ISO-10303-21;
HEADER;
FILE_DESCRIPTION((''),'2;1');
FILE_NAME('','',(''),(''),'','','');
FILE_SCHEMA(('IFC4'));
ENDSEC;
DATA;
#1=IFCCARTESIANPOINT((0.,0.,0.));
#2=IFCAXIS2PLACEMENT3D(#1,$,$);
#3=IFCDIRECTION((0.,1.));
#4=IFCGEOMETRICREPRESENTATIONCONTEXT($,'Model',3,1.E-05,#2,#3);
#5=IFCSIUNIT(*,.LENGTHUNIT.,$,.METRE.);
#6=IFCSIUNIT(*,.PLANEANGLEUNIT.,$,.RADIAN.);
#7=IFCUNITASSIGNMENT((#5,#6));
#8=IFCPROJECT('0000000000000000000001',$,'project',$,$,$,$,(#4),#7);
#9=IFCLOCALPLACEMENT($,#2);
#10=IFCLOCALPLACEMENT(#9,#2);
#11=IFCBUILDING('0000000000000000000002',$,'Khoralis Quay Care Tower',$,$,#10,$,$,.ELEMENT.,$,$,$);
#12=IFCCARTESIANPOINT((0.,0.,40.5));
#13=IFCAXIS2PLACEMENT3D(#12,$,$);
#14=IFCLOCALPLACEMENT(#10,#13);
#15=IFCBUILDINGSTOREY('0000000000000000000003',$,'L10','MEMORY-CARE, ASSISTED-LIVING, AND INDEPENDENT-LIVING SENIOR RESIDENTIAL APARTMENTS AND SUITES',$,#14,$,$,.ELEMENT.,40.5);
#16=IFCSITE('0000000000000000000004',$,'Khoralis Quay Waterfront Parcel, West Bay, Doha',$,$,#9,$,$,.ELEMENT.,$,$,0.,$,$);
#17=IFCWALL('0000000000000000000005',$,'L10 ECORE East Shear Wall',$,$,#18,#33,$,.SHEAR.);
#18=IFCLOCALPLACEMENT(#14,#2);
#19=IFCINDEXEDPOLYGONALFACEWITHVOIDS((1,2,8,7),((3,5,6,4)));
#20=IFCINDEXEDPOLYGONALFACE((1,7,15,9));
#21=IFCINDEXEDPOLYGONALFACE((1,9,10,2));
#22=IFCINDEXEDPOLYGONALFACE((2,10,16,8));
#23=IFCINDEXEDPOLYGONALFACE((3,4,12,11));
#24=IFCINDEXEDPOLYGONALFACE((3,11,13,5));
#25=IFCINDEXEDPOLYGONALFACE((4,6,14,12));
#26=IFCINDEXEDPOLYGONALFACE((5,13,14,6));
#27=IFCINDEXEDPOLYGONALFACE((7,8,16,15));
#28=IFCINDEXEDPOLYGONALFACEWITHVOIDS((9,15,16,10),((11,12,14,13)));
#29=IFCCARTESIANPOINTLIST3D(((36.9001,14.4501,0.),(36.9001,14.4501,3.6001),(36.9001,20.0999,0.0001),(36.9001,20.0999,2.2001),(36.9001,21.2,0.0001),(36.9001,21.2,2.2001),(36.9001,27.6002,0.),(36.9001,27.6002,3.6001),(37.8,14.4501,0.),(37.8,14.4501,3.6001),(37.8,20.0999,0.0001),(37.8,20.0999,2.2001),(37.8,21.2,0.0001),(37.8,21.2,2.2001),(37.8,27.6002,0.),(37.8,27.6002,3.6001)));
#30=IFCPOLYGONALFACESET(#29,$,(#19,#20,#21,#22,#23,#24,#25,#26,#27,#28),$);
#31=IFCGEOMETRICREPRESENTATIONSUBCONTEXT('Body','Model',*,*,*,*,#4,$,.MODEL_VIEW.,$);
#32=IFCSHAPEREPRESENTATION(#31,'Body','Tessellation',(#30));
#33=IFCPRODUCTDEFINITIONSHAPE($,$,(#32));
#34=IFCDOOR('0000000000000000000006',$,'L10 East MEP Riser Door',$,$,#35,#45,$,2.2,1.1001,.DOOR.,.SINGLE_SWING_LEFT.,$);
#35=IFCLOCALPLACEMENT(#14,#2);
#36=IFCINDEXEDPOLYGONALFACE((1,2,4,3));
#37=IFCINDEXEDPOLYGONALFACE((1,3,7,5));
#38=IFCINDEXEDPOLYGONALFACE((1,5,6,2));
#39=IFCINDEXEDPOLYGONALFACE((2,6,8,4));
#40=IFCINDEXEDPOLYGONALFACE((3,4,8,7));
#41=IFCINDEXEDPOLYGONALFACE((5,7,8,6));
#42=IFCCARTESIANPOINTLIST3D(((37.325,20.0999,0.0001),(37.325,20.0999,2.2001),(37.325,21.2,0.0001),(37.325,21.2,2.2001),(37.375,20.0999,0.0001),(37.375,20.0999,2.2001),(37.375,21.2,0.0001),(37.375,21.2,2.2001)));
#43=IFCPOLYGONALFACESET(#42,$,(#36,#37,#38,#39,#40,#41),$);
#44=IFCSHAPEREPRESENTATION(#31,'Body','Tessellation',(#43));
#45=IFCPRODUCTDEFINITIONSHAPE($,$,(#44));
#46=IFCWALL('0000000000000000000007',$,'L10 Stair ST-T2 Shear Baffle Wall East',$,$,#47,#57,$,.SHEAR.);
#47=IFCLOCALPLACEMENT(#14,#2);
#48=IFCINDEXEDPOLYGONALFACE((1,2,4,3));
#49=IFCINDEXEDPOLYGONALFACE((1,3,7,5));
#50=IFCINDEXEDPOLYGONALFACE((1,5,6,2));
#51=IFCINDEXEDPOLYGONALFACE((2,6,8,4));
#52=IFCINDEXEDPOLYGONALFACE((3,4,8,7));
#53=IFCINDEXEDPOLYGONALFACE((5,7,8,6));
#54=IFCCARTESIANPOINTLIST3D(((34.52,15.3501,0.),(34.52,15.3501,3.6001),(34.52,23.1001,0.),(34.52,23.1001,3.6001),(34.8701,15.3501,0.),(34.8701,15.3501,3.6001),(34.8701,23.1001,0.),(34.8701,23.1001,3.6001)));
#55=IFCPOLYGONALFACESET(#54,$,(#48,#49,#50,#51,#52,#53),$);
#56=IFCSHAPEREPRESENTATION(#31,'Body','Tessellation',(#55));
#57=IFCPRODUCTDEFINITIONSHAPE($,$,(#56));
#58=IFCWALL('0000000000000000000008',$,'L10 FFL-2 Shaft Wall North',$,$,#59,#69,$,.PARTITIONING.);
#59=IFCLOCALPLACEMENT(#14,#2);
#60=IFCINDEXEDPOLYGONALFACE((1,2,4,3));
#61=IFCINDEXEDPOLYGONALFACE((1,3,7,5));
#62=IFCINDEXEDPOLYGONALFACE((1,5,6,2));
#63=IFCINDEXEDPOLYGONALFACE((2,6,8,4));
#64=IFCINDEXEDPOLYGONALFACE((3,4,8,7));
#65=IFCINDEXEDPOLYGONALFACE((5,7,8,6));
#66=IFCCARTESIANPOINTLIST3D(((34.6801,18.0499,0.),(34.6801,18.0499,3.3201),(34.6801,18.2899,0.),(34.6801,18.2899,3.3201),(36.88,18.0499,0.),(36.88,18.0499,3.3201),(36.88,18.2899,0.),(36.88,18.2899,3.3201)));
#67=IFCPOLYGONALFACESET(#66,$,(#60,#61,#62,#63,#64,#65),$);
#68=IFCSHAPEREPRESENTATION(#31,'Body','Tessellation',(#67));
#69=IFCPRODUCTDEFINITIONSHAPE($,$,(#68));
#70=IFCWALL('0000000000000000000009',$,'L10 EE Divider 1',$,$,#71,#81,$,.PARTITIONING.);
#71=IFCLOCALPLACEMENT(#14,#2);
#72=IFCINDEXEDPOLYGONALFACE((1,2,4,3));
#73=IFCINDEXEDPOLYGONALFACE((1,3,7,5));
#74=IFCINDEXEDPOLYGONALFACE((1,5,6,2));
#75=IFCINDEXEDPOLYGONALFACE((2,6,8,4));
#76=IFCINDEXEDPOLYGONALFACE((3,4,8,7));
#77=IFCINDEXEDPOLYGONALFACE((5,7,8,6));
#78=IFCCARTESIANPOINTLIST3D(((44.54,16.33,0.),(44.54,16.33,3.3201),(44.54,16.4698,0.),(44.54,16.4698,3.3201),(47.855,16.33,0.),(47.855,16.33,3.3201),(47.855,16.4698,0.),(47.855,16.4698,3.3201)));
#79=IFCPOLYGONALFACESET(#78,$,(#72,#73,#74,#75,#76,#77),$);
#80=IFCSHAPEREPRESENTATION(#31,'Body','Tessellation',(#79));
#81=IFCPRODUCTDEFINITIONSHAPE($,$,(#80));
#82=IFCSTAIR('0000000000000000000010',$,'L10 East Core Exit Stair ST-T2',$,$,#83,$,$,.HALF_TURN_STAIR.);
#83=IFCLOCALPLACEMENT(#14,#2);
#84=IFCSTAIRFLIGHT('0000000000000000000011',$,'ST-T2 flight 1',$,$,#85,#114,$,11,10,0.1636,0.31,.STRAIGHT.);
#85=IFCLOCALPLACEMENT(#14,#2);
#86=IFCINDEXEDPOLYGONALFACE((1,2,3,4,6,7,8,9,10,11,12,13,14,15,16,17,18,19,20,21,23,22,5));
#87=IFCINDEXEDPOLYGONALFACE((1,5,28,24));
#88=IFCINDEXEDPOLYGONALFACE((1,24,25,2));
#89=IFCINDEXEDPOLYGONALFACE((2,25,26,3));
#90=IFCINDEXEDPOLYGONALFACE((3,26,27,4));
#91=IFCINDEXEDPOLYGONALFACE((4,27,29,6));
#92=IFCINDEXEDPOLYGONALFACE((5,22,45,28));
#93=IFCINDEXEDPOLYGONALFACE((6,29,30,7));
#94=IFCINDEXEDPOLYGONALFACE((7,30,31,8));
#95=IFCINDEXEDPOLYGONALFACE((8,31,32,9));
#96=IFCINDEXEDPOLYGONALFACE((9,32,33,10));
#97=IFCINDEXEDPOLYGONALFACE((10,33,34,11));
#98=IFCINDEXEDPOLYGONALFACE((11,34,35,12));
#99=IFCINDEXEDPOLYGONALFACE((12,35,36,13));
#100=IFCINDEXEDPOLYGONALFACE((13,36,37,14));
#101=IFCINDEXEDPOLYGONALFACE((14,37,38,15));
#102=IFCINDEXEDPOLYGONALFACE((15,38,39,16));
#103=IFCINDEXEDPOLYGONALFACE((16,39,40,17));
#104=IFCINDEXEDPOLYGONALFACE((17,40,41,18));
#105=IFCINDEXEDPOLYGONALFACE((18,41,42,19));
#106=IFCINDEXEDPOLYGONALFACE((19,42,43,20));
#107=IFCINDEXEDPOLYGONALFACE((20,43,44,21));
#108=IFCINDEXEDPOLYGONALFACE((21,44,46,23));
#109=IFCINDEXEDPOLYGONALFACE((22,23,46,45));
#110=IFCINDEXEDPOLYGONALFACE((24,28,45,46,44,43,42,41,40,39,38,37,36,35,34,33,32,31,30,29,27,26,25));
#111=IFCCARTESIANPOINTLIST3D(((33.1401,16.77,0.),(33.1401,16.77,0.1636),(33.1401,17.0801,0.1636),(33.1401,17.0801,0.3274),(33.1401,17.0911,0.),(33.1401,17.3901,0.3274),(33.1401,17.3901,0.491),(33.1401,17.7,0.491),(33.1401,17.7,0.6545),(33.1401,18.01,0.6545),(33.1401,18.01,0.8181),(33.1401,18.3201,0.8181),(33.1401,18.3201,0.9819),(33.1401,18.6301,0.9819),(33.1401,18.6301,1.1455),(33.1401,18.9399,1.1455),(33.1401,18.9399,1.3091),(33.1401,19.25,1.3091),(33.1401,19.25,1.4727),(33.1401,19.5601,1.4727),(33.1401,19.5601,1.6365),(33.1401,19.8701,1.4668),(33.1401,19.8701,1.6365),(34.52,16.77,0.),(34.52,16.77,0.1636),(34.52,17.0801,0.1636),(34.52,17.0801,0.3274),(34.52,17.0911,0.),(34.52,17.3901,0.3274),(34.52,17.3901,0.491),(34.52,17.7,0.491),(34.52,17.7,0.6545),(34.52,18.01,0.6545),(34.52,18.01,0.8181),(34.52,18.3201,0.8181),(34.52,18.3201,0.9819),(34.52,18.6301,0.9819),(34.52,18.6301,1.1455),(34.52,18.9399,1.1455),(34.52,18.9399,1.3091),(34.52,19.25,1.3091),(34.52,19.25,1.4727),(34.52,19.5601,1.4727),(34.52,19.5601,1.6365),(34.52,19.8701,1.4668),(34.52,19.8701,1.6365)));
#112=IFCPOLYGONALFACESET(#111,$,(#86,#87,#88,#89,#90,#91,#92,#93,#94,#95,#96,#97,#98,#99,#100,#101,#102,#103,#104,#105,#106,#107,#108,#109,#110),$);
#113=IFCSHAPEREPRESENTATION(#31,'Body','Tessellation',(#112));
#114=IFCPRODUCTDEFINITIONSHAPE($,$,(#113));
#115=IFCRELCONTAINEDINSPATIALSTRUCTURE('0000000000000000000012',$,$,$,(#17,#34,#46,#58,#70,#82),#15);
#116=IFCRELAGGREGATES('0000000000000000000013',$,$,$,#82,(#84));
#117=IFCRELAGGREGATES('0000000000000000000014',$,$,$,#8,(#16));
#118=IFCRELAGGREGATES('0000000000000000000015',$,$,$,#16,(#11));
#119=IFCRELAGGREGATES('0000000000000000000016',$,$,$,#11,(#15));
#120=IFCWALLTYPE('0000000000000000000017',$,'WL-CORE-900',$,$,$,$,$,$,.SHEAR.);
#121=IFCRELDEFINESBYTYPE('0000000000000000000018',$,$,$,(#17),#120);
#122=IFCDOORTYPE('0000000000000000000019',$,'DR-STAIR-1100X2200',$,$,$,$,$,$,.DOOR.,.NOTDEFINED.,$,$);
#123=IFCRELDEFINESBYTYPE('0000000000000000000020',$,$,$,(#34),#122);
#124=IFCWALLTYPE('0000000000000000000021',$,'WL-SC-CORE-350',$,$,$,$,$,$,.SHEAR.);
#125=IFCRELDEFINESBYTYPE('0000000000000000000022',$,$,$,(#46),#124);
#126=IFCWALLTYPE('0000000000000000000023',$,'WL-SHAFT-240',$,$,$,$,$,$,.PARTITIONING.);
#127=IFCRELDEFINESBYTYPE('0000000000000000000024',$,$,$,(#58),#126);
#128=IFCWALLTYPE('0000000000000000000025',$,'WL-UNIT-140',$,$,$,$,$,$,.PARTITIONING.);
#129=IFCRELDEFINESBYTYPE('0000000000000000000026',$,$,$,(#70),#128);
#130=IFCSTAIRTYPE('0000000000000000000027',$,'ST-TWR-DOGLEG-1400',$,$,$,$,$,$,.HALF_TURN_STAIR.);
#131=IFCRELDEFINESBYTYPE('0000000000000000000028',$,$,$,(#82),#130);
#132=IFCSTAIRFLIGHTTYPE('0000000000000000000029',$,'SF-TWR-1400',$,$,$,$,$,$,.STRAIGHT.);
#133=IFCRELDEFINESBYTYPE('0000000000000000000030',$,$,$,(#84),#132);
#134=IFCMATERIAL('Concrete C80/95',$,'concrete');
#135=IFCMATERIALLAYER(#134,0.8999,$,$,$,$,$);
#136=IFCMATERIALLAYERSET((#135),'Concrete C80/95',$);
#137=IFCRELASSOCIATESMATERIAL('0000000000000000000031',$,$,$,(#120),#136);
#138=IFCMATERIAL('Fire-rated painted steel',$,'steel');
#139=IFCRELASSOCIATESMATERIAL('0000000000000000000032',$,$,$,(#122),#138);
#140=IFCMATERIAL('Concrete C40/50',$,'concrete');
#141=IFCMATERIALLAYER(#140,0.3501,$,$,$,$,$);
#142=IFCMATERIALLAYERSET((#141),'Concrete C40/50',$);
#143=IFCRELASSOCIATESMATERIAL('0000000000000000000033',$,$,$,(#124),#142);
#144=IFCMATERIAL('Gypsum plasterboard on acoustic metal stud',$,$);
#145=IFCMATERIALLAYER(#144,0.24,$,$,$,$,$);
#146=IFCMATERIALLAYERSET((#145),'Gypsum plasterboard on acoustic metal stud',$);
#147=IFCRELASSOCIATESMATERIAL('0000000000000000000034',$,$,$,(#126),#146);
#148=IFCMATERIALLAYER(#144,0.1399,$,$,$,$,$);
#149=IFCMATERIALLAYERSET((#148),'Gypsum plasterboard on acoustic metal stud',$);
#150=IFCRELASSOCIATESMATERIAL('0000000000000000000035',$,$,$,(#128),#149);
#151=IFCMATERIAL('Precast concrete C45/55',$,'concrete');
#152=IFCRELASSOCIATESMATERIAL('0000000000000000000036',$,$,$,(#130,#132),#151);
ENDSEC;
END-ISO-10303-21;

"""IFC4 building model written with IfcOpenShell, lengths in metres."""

from ifc_helpers import new_model, si_unit, direction, frame, frame_2d, origin, place, context, subcontext, project, spatial, polyline, rectangle, outline, extrude, source, transform, mapped, material, layer, layer_set, type_object, element, fill, aggregate, save


model = new_model("IFC4")

# Units and contexts
model_context = context("Model", 3, precision=1e-05, world=origin(), true_north=direction((0.0, 1.0)))
body_context = subcontext(model_context, "Body", "Model", "MODEL_VIEW")
ifc_project = project(units=[si_unit("LENGTHUNIT", "METRE"), si_unit("PLANEANGLEUNIT", "RADIAN")], contexts=[model_context])

# Site, building, storey
site_placement = place(None, origin())
site = spatial("IfcSite", under=ifc_project, at=site_placement, Name="Khoralis Quay Waterfront Parcel, West Bay, Doha", CompositionType="ELEMENT", RefElevation=0.0)
building_placement = place(site_placement, origin())
building = spatial("IfcBuilding", under=site, at=building_placement, Name="Khoralis Quay Care Tower", CompositionType="ELEMENT")
storey_placement = place(building_placement, frame((0.0, 0.0, 40.5)))
storey = spatial("IfcBuildingStorey", under=building, at=storey_placement, Name="L10", Description="MEMORY-CARE, ASSISTED-LIVING, AND INDEPENDENT-LIVING SENIOR RESIDENTIAL APARTMENTS AND SUITES", CompositionType="ELEMENT", Elevation=40.5)

# Shared definitions
ifc_material_1 = material(Name="Concrete C80/95", Category="concrete")

# Wall, opening, door
ifc_layer_1 = layer(ifc_material_1, 0.8999)
ifc_layer_set_1 = layer_set([ifc_layer_1], Name="Concrete C80/95")
wall_type_1 = type_object("IfcWallType", Name="WL-CORE-900", PredefinedType="SHEAR", material=ifc_layer_set_1)
wall_1_placement = place(storey_placement, frame((37.3501, 14.45, 0.0), z_axis=(0.0, 0.0, 1.0), x_axis=(0.0, 1.0, 0.0)))
wall_1 = element("IfcWall", 1, at=wall_1_placement, inside=storey, type_object=wall_type_1, Name="L10 ECORE East Shear Wall", PredefinedType="SHEAR", context=body_context, shape_type="SweptSolid", body=[
    extrude(rectangle(XDim=13.1501, YDim=0.8999, at=frame_2d((6.5752, 0.0))), origin(), (0.0, 0.0, 1.0), 3.6001),
])
opening_placement = place(wall_1_placement, frame((5.6499, 0.0, 0.0)))
opening = element("IfcOpeningElement", 2, at=opening_placement, cuts=wall_1, PredefinedType="OPENING", context=body_context, shape_type="SweptSolid", body=[
    extrude(rectangle(XDim=1.1001, YDim=2.2, at=frame_2d((0.55, 1.1001))), frame((0.0, 0.46, 0.0), z_axis=(0.0, -1.0, 0.0), x_axis=(1.0, 0.0, 0.0)), (0.0, 0.0, 1.0), 0.9199),
])
ifc_material_2 = material(Name="Fire-rated painted steel", Category="steel")
door_type = type_object("IfcDoorType", Name="DR-STAIR-1100X2200", OperationType="NOTDEFINED", PredefinedType="DOOR", material=ifc_material_2)
shared_shape_1 = source(origin(), body_context, "Body", "SweptSolid", [
    extrude(rectangle(XDim=1.1001, YDim=2.2, at=frame_2d((0.55, 1.1001))), frame((0.0, 0.0249, 0.0), z_axis=(0.0, -1.0, 0.0), x_axis=(1.0, 0.0, 0.0)), (0.0, 0.0, 1.0), 0.05),
])
door_placement = place(opening_placement, frame((1.1001, 0.0, 0.0), z_axis=(0.0, 0.0, 1.0), x_axis=(-1.0, 0.0, 0.0)))
door = element("IfcDoor", 3, at=door_placement, inside=storey, type_object=door_type, Name="L10 East MEP Riser Door", OperationType="SINGLE_SWING_LEFT", OverallHeight=2.2, OverallWidth=1.1001, PredefinedType="DOOR", context=body_context, shape_type="MappedRepresentation", body=[
    mapped(shared_shape_1, transform((0.0, 0.0, 0.0), scale=1.0)),
])
fill(opening, door)

# Walls
ifc_material_3 = material(Name="Concrete C40/50", Category="concrete")
ifc_layer_2 = layer(ifc_material_3, 0.3501)
ifc_layer_set_2 = layer_set([ifc_layer_2], Name="Concrete C40/50")
wall_type_2 = type_object("IfcWallType", Name="WL-SC-CORE-350", PredefinedType="SHEAR", material=ifc_layer_set_2)
wall_2_placement = place(storey_placement, frame((34.6951, 15.3501, 0.0), z_axis=(0.0, 0.0, 1.0), x_axis=(0.0, 1.0, 0.0)))
element("IfcWall", 4, at=wall_2_placement, inside=storey, type_object=wall_type_2, Name="L10 Stair ST-T2 Shear Baffle Wall East", PredefinedType="SHEAR", context=body_context, shape_type="SweptSolid", body=[
    extrude(rectangle(XDim=7.75, YDim=0.3501, at=frame_2d((3.875, 0.0))), origin(), (0.0, 0.0, 1.0), 3.6001),
])
ifc_material_4 = material(Name="Gypsum plasterboard on acoustic metal stud")
ifc_layer_3 = layer(ifc_material_4, 0.24)
ifc_layer_set_3 = layer_set([ifc_layer_3], Name="Gypsum plasterboard on acoustic metal stud")
wall_type_3 = type_object("IfcWallType", Name="WL-SHAFT-240", PredefinedType="PARTITIONING", material=ifc_layer_set_3)
wall_3_placement = place(storey_placement, frame((34.6799, 18.1699, 0.0), z_axis=(0.0, 0.0, 1.0), x_axis=(1.0, 0.0, 0.0)))
element("IfcWall", 5, at=wall_3_placement, inside=storey, type_object=wall_type_3, Name="L10 FFL-2 Shaft Wall North", PredefinedType="PARTITIONING", context=body_context, shape_type="SweptSolid", body=[
    extrude(rectangle(XDim=2.2, YDim=0.24, at=frame_2d((1.1001, 0.0))), origin(), (0.0, 0.0, 1.0), 3.3201),
])
ifc_layer_4 = layer(ifc_material_4, 0.1399)
ifc_layer_set_4 = layer_set([ifc_layer_4], Name="Gypsum plasterboard on acoustic metal stud")
wall_type_4 = type_object("IfcWallType", Name="WL-UNIT-140", PredefinedType="PARTITIONING", material=ifc_layer_set_4)
wall_4_placement = place(storey_placement, frame((44.54, 16.3999, 0.0), z_axis=(0.0, 0.0, 1.0), x_axis=(1.0, 0.0, 0.0)))
element("IfcWall", 6, at=wall_4_placement, inside=storey, type_object=wall_type_4, Name="L10 EE Divider 1", PredefinedType="PARTITIONING", context=body_context, shape_type="SweptSolid", body=[
    extrude(rectangle(XDim=3.3149, YDim=0.1399, at=frame_2d((1.6575, 0.0))), origin(), (0.0, 0.0, 1.0), 3.3201),
])

# Stair, stair flight
ifc_material_5 = material(Name="Precast concrete C45/55", Category="concrete")
stair_type = type_object("IfcStairType", Name="ST-TWR-DOGLEG-1400", PredefinedType="HALF_TURN_STAIR", material=ifc_material_5)
stair_placement = place(storey_placement, origin())
stair = element("IfcStair", 7, at=stair_placement, inside=storey, type_object=stair_type, Name="L10 East Core Exit Stair ST-T2", PredefinedType="HALF_TURN_STAIR")
stair_flight_type = type_object("IfcStairFlightType", Name="SF-TWR-1400", PredefinedType="STRAIGHT", material=ifc_material_5)
shared_shape_2 = source(origin(), body_context, "Body", "SweptSolid", [
    extrude(outline(polyline([(0.0, 0.0), (0.0, 0.1636), (0.3101, 0.1636), (0.3101, 0.3274), (0.6201, 0.3274), (0.6201, 0.491), (0.9299, 0.491), (0.9299, 0.6545), (1.24, 0.6545), (1.24, 0.8181), (1.55, 0.8181), (1.55, 0.9819), (1.8601, 0.9819), (1.8601, 1.1455), (2.1699, 1.1455), (2.1699, 1.3091), (2.48, 1.3091), (2.48, 1.4727), (2.79, 1.4727), (2.79, 1.6365), (3.1001, 1.6365), (3.1001, 1.8), (3.1001, 1.4668), (0.321, 0.0), (0.0, 0.0)])), frame((0.0, 0.6899, 0.0), z_axis=(0.0, -1.0, 0.0), x_axis=(1.0, 0.0, 0.0)), (0.0, 0.0, 1.0), 1.3799),
])
stair_flight_placement = place(storey_placement, frame((33.8301, 16.77, 0.0), z_axis=(0.0, 0.0, 1.0), x_axis=(0.0, 1.0, 0.0)))
stair_flight = element("IfcStairFlight", 8, at=stair_flight_placement, type_object=stair_flight_type, Name="ST-T2 flight 1", NumberOfRisers=11, NumberOfTreads=10, PredefinedType="STRAIGHT", RiserHeight=0.1636, TreadLength=0.31, context=body_context, shape_type="MappedRepresentation", body=[
    mapped(shared_shape_2, transform((0.0, 0.0, 0.0), scale=1.0)),
])
aggregate(stair, [stair_flight])

save(model, "model.ifc")
